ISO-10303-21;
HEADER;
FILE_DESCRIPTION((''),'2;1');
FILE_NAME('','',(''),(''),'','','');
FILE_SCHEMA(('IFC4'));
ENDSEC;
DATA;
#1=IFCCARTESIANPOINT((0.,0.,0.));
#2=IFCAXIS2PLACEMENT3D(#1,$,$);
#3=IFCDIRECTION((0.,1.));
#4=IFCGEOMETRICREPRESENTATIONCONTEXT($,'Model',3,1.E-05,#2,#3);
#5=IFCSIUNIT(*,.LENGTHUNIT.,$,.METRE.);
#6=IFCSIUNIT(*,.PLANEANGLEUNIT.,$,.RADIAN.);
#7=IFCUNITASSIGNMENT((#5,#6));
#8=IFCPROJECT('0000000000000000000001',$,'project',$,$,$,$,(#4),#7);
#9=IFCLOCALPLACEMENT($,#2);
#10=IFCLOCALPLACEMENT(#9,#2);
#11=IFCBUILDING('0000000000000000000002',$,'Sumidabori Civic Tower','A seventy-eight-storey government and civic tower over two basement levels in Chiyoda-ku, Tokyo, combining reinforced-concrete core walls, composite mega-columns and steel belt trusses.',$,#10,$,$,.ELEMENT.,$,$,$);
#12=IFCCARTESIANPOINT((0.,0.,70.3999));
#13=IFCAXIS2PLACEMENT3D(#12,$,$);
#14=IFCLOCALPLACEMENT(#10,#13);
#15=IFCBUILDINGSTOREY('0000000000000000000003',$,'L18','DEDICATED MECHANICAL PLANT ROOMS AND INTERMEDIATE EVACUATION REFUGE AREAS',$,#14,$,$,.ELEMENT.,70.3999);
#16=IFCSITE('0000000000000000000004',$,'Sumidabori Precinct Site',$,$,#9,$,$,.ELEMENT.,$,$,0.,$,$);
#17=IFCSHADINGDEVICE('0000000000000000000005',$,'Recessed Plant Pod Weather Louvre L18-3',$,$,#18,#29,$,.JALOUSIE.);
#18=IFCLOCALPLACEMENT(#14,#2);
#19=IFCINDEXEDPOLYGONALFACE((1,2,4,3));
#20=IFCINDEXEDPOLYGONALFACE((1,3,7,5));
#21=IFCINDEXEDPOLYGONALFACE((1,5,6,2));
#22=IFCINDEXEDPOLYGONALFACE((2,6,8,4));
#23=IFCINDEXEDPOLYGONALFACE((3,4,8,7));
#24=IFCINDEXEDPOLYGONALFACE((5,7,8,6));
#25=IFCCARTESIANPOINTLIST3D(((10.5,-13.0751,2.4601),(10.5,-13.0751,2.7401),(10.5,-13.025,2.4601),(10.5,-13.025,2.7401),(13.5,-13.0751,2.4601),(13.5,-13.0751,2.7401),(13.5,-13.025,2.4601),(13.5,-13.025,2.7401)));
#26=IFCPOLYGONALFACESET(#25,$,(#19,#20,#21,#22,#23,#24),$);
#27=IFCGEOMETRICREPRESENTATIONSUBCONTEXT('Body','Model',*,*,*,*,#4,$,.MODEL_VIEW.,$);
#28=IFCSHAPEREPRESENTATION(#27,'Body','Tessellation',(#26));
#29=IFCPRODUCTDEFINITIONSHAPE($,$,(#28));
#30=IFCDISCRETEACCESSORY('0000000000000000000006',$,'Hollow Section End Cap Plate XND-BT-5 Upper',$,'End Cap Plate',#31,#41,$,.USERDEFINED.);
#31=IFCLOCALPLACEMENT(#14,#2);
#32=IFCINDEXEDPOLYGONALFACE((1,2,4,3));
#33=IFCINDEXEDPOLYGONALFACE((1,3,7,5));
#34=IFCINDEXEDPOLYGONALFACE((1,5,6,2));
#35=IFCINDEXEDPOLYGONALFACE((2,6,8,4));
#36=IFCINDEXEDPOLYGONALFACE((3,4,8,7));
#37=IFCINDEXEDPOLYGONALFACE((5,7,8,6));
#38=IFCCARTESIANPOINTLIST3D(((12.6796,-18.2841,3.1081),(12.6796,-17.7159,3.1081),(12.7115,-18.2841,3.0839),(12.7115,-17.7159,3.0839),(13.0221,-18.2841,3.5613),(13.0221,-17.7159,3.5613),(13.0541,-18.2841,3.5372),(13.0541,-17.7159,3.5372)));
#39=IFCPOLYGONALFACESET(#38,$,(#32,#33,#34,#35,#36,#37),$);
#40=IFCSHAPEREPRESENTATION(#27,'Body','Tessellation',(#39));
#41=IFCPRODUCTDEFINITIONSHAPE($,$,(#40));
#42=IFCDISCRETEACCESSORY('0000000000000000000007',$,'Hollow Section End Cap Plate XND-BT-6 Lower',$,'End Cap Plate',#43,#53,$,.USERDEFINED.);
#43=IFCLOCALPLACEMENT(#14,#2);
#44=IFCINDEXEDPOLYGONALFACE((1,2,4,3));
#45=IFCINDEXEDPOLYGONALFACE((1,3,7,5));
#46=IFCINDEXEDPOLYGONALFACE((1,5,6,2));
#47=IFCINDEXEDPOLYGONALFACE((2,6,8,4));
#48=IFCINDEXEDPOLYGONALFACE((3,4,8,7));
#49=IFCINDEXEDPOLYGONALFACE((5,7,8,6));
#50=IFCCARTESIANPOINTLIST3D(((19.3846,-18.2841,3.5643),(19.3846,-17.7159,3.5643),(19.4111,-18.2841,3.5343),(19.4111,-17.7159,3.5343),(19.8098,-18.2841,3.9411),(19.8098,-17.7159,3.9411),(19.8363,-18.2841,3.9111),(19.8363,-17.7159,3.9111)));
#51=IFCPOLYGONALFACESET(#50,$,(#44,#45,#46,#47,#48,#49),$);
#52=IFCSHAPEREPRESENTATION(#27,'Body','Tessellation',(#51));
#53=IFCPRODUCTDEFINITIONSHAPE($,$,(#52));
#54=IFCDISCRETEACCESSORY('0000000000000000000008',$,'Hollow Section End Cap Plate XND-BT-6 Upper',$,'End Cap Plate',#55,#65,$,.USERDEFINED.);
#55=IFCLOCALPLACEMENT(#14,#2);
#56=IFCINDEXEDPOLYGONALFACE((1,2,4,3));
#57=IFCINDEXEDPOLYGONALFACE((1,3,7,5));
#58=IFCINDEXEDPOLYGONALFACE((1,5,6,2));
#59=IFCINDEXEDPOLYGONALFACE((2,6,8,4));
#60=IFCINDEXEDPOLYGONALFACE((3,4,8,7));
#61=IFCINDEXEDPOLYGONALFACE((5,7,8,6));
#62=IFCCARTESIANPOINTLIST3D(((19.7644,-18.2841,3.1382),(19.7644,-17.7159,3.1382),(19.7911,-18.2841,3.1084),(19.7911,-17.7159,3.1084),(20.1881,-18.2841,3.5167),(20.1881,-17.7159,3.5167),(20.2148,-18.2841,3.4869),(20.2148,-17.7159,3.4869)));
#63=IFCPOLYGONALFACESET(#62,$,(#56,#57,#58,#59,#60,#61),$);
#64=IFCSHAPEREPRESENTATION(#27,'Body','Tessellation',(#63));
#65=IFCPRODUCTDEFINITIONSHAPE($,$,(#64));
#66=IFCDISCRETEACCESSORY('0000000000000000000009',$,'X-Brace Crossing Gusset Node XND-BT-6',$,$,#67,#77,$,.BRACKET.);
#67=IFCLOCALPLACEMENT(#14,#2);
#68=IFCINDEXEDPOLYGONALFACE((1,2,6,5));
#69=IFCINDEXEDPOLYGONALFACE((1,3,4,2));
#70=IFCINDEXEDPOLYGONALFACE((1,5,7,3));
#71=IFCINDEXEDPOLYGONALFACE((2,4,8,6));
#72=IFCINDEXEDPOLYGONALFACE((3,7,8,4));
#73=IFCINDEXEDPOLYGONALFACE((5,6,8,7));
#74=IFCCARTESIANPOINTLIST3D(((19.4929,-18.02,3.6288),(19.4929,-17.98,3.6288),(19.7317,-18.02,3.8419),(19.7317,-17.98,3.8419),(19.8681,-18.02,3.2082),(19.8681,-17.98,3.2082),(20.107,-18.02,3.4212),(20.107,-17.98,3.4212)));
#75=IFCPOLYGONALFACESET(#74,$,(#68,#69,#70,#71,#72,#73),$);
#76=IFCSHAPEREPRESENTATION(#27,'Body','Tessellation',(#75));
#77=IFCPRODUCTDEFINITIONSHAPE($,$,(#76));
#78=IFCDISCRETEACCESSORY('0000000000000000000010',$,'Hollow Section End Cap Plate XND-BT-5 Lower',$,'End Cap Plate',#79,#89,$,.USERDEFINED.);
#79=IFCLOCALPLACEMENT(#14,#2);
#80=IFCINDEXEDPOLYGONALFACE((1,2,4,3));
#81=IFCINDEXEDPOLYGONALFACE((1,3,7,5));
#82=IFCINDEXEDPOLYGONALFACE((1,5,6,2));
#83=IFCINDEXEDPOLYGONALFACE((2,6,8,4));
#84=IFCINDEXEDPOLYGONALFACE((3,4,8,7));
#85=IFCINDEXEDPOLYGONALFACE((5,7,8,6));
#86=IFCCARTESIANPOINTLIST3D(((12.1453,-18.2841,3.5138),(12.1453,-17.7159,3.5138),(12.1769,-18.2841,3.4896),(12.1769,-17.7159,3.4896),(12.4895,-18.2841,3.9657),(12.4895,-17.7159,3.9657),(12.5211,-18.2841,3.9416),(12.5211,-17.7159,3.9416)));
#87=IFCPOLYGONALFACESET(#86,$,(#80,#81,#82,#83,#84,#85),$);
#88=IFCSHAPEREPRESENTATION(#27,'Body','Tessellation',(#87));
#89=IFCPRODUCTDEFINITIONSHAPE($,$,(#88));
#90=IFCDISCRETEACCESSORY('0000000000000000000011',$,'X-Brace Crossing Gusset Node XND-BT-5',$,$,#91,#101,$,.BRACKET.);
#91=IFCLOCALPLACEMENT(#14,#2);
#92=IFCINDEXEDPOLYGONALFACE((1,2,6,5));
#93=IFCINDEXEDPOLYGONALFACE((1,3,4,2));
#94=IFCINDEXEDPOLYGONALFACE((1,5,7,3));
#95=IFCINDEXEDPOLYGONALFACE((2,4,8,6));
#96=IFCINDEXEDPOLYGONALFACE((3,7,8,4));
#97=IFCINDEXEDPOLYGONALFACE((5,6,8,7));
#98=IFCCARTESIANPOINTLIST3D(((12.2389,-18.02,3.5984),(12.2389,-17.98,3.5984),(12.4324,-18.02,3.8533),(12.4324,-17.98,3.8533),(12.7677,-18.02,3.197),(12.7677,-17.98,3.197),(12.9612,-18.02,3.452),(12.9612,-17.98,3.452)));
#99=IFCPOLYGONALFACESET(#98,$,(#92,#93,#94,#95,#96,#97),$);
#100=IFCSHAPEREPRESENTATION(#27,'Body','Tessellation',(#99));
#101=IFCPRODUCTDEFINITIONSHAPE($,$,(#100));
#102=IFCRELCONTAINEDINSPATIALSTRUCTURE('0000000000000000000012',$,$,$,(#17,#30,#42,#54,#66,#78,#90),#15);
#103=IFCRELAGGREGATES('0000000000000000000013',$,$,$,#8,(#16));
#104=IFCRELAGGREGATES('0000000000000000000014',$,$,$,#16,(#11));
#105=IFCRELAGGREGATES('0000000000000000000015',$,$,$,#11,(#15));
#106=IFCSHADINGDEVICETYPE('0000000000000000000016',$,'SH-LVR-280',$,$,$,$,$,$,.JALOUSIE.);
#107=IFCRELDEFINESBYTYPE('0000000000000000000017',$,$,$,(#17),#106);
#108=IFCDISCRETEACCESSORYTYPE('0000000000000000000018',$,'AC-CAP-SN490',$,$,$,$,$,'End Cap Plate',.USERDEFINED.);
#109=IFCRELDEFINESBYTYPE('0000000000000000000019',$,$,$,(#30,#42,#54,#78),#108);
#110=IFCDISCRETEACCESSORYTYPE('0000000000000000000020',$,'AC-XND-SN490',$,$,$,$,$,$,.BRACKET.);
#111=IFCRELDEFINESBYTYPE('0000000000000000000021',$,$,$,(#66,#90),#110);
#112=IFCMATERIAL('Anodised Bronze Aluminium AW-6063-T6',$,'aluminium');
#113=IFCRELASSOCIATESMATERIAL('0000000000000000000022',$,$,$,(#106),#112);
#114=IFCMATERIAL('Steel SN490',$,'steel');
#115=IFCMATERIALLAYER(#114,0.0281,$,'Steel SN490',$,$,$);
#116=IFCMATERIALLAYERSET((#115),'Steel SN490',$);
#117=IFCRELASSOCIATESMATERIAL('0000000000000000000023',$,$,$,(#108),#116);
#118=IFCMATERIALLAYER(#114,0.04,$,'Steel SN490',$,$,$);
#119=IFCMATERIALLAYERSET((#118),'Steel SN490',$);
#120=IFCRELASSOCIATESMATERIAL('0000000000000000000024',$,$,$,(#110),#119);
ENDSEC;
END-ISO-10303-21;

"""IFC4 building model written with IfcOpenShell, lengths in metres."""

from ifc_helpers import new_model, si_unit, direction, frame, origin, origin_2d, place, context, subcontext, project, spatial, rectangle, extrude, source, transform, mapped, material, layer, layer_set, material_profile, profile_set, type_object, element, save


model = new_model("IFC4")

# Units and contexts
model_context = context("Model", 3, precision=1e-05, world=origin(), true_north=direction((0.0, 1.0)))
body_context = subcontext(model_context, "Body", "Model", "MODEL_VIEW")
ifc_project = project(units=[si_unit("LENGTHUNIT", "METRE"), si_unit("PLANEANGLEUNIT", "RADIAN")], contexts=[model_context])

# Site, building, storey
site_placement = place(None, origin())
site = spatial("IfcSite", under=ifc_project, at=site_placement, Name="Sumidabori Precinct Site", CompositionType="ELEMENT", RefElevation=0.0)
building_placement = place(site_placement, origin())
building = spatial("IfcBuilding", under=site, at=building_placement, Name="Sumidabori Civic Tower", Description="A seventy-eight-storey government and civic tower over two basement levels in Chiyoda-ku, Tokyo, combining reinforced-concrete core walls, composite mega-columns and steel belt trusses.", CompositionType="ELEMENT")
storey_placement = place(building_placement, frame((0.0, 0.0, 70.3999)))
storey = spatial("IfcBuildingStorey", under=building, at=storey_placement, Name="L18", Description="DEDICATED MECHANICAL PLANT ROOMS AND INTERMEDIATE EVACUATION REFUGE AREAS", CompositionType="ELEMENT", Elevation=70.3999)

# Shared definitions
ifc_material_1 = material(Name="Steel SN490", Category="steel")

# Shared definitions
ifc_material_2 = material(Name="Anodised Bronze Aluminium AW-6063-T6", Category="aluminium")

# Shading device
ifc_material_profile_1 = material_profile(ifc_material_2, rectangle(XDim=0.05, YDim=0.28, at=origin_2d()), Name="BRONZE LOUVRE 280x50")
ifc_profile_set_1 = profile_set([ifc_material_profile_1], Name="Anodised Bronze Aluminium AW-6063-T6")
shading_device_type = type_object("IfcShadingDeviceType", Name="SH-LVR-280", PredefinedType="JALOUSIE", material=ifc_profile_set_1)
shared_shape_1 = source(origin(), body_context, "Body", "SweptSolid", [
    extrude(rectangle(XDim=0.05, YDim=0.28, at=origin_2d()), origin(), (0.0, 0.0, 1.0), 3.0),
])
shading_device_placement = place(storey_placement, frame((10.5, -13.05, 2.6001), z_axis=(1.0, 0.0, 0.0), x_axis=(0.0, 1.0, 0.0)))
element("IfcShadingDevice", 1, at=shading_device_placement, inside=storey, type_object=shading_device_type, Name="Recessed Plant Pod Weather Louvre L18-3", PredefinedType="JALOUSIE", context=body_context, shape_type="MappedRepresentation", body=[
    mapped(shared_shape_1, transform((0.0, 0.0, 0.0), x_axis=(1.0, 0.0, 0.0), y_axis=(0.0, 1.0, 0.0), z_axis=(0.0, 0.0, 1.0), scale=1.0)),
])

# Discrete accessories
ifc_layer_1 = layer(ifc_material_1, 0.0281, Name="Steel SN490")
ifc_layer_set_1 = layer_set([ifc_layer_1], Name="Steel SN490")
discrete_accessory_type_1 = type_object("IfcDiscreteAccessoryType", Name="AC-CAP-SN490", ElementType="End Cap Plate", PredefinedType="USERDEFINED", material=ifc_layer_set_1)
shared_shape_2 = source(origin(), body_context, "Body", "SweptSolid", [
    extrude(rectangle(XDim=0.5681, YDim=0.5681, at=origin_2d()), origin(), (0.0, 0.0, 1.0), 0.04),
])
for number, where, z_axis, x_axis, name in (
    (2, (12.8828, -18.0, 3.3105), (-0.797802, 0.0, 0.602919), (0.0, -1.0, 0.0), "Hollow Section End Cap Plate XND-BT-5 Upper"),
    (3, (19.5972, -18.0, 3.7527), (0.66323, 0.0, -0.748416), (0.0, 1.0, 0.0), "Hollow Section End Cap Plate XND-BT-6 Lower"),
    (4, (20.0029, -18.0, 3.2976), (-0.666259, 0.0, 0.745721), (0.0, -1.0, 0.0), "Hollow Section End Cap Plate XND-BT-6 Upper"),
):
    element("IfcDiscreteAccessory", number, at=place(storey_placement, frame(where, z_axis=z_axis, x_axis=x_axis)), inside=storey, type_object=discrete_accessory_type_1, Name=name, ObjectType="End Cap Plate", PredefinedType="USERDEFINED", context=body_context, shape_type="MappedRepresentation", body=[
        mapped(shared_shape_2, transform((0.0, 0.0, 0.0), x_axis=(1.0, 0.0, 0.0), y_axis=(0.0, 1.0, 0.0), z_axis=(0.0, 0.0, 1.0), scale=1.0)),
    ])
ifc_layer_2 = layer(ifc_material_1, 0.04, Name="Steel SN490")
ifc_layer_set_2 = layer_set([ifc_layer_2], Name="Steel SN490")
discrete_accessory_type_2 = type_object("IfcDiscreteAccessoryType", Name="AC-XND-SN490", PredefinedType="BRACKET", material=ifc_layer_set_2)
shared_shape_3 = source(origin(), body_context, "Body", "SweptSolid", [
    extrude(rectangle(XDim=0.04, YDim=0.3201, at=origin_2d()), origin(), (0.0, 0.0, 1.0), 0.5637),
])
discrete_accessory_1_placement = place(storey_placement, frame((19.6123, -18.0, 3.7354), z_axis=(0.66568, 0.0, -0.746237), x_axis=(0.0, 1.0, 0.0)))
element("IfcDiscreteAccessory", 5, at=discrete_accessory_1_placement, inside=storey, type_object=discrete_accessory_type_2, Name="X-Brace Crossing Gusset Node XND-BT-6", PredefinedType="BRACKET", context=body_context, shape_type="MappedRepresentation", body=[
    mapped(shared_shape_3, transform((0.0, 0.0, 0.0), x_axis=(1.0, 0.0, 0.0), y_axis=(0.0, 1.0, 0.0), z_axis=(0.0, 0.0, 1.0), scale=1.0)),
])
shared_shape_4 = source(origin(), body_context, "Body", "SweptSolid", [
    extrude(rectangle(XDim=0.5681, YDim=0.5681, at=origin_2d()), origin(), (0.0, 0.0, 1.0), 0.0398),
])
discrete_accessory_2_placement = place(storey_placement, frame((12.3174, -18.0, 3.7397), z_axis=(0.795572, 0.0, -0.605859), x_axis=(0.0, 1.0, 0.0)))
element("IfcDiscreteAccessory", 6, at=discrete_accessory_2_placement, inside=storey, type_object=discrete_accessory_type_1, Name="Hollow Section End Cap Plate XND-BT-5 Lower", ObjectType="End Cap Plate", PredefinedType="USERDEFINED", context=body_context, shape_type="MappedRepresentation", body=[
    mapped(shared_shape_4, transform((0.0, 0.0, 0.0), x_axis=(1.0, 0.0, 0.0), y_axis=(0.0, 1.0, 0.0), z_axis=(0.0, 0.0, 1.0), scale=1.0)),
])
shared_shape_5 = source(origin(), body_context, "Body", "SweptSolid", [
    extrude(rectangle(XDim=0.04, YDim=0.3201, at=origin_2d()), origin(), (0.0, 0.0, 1.0), 0.6638),
])
discrete_accessory_3_placement = place(storey_placement, frame((12.3357, -18.0, 3.7258), z_axis=(0.796545, 0.0, -0.60458), x_axis=(0.0, 1.0, 0.0)))
element("IfcDiscreteAccessory", 7, at=discrete_accessory_3_placement, inside=storey, type_object=discrete_accessory_type_2, Name="X-Brace Crossing Gusset Node XND-BT-5", PredefinedType="BRACKET", context=body_context, shape_type="MappedRepresentation", body=[
    mapped(shared_shape_5, transform((0.0, 0.0, 0.0), x_axis=(1.0, 0.0, 0.0), y_axis=(0.0, 1.0, 0.0), z_axis=(0.0, 0.0, 1.0), scale=1.0)),
])

save(model, "model.ifc")
